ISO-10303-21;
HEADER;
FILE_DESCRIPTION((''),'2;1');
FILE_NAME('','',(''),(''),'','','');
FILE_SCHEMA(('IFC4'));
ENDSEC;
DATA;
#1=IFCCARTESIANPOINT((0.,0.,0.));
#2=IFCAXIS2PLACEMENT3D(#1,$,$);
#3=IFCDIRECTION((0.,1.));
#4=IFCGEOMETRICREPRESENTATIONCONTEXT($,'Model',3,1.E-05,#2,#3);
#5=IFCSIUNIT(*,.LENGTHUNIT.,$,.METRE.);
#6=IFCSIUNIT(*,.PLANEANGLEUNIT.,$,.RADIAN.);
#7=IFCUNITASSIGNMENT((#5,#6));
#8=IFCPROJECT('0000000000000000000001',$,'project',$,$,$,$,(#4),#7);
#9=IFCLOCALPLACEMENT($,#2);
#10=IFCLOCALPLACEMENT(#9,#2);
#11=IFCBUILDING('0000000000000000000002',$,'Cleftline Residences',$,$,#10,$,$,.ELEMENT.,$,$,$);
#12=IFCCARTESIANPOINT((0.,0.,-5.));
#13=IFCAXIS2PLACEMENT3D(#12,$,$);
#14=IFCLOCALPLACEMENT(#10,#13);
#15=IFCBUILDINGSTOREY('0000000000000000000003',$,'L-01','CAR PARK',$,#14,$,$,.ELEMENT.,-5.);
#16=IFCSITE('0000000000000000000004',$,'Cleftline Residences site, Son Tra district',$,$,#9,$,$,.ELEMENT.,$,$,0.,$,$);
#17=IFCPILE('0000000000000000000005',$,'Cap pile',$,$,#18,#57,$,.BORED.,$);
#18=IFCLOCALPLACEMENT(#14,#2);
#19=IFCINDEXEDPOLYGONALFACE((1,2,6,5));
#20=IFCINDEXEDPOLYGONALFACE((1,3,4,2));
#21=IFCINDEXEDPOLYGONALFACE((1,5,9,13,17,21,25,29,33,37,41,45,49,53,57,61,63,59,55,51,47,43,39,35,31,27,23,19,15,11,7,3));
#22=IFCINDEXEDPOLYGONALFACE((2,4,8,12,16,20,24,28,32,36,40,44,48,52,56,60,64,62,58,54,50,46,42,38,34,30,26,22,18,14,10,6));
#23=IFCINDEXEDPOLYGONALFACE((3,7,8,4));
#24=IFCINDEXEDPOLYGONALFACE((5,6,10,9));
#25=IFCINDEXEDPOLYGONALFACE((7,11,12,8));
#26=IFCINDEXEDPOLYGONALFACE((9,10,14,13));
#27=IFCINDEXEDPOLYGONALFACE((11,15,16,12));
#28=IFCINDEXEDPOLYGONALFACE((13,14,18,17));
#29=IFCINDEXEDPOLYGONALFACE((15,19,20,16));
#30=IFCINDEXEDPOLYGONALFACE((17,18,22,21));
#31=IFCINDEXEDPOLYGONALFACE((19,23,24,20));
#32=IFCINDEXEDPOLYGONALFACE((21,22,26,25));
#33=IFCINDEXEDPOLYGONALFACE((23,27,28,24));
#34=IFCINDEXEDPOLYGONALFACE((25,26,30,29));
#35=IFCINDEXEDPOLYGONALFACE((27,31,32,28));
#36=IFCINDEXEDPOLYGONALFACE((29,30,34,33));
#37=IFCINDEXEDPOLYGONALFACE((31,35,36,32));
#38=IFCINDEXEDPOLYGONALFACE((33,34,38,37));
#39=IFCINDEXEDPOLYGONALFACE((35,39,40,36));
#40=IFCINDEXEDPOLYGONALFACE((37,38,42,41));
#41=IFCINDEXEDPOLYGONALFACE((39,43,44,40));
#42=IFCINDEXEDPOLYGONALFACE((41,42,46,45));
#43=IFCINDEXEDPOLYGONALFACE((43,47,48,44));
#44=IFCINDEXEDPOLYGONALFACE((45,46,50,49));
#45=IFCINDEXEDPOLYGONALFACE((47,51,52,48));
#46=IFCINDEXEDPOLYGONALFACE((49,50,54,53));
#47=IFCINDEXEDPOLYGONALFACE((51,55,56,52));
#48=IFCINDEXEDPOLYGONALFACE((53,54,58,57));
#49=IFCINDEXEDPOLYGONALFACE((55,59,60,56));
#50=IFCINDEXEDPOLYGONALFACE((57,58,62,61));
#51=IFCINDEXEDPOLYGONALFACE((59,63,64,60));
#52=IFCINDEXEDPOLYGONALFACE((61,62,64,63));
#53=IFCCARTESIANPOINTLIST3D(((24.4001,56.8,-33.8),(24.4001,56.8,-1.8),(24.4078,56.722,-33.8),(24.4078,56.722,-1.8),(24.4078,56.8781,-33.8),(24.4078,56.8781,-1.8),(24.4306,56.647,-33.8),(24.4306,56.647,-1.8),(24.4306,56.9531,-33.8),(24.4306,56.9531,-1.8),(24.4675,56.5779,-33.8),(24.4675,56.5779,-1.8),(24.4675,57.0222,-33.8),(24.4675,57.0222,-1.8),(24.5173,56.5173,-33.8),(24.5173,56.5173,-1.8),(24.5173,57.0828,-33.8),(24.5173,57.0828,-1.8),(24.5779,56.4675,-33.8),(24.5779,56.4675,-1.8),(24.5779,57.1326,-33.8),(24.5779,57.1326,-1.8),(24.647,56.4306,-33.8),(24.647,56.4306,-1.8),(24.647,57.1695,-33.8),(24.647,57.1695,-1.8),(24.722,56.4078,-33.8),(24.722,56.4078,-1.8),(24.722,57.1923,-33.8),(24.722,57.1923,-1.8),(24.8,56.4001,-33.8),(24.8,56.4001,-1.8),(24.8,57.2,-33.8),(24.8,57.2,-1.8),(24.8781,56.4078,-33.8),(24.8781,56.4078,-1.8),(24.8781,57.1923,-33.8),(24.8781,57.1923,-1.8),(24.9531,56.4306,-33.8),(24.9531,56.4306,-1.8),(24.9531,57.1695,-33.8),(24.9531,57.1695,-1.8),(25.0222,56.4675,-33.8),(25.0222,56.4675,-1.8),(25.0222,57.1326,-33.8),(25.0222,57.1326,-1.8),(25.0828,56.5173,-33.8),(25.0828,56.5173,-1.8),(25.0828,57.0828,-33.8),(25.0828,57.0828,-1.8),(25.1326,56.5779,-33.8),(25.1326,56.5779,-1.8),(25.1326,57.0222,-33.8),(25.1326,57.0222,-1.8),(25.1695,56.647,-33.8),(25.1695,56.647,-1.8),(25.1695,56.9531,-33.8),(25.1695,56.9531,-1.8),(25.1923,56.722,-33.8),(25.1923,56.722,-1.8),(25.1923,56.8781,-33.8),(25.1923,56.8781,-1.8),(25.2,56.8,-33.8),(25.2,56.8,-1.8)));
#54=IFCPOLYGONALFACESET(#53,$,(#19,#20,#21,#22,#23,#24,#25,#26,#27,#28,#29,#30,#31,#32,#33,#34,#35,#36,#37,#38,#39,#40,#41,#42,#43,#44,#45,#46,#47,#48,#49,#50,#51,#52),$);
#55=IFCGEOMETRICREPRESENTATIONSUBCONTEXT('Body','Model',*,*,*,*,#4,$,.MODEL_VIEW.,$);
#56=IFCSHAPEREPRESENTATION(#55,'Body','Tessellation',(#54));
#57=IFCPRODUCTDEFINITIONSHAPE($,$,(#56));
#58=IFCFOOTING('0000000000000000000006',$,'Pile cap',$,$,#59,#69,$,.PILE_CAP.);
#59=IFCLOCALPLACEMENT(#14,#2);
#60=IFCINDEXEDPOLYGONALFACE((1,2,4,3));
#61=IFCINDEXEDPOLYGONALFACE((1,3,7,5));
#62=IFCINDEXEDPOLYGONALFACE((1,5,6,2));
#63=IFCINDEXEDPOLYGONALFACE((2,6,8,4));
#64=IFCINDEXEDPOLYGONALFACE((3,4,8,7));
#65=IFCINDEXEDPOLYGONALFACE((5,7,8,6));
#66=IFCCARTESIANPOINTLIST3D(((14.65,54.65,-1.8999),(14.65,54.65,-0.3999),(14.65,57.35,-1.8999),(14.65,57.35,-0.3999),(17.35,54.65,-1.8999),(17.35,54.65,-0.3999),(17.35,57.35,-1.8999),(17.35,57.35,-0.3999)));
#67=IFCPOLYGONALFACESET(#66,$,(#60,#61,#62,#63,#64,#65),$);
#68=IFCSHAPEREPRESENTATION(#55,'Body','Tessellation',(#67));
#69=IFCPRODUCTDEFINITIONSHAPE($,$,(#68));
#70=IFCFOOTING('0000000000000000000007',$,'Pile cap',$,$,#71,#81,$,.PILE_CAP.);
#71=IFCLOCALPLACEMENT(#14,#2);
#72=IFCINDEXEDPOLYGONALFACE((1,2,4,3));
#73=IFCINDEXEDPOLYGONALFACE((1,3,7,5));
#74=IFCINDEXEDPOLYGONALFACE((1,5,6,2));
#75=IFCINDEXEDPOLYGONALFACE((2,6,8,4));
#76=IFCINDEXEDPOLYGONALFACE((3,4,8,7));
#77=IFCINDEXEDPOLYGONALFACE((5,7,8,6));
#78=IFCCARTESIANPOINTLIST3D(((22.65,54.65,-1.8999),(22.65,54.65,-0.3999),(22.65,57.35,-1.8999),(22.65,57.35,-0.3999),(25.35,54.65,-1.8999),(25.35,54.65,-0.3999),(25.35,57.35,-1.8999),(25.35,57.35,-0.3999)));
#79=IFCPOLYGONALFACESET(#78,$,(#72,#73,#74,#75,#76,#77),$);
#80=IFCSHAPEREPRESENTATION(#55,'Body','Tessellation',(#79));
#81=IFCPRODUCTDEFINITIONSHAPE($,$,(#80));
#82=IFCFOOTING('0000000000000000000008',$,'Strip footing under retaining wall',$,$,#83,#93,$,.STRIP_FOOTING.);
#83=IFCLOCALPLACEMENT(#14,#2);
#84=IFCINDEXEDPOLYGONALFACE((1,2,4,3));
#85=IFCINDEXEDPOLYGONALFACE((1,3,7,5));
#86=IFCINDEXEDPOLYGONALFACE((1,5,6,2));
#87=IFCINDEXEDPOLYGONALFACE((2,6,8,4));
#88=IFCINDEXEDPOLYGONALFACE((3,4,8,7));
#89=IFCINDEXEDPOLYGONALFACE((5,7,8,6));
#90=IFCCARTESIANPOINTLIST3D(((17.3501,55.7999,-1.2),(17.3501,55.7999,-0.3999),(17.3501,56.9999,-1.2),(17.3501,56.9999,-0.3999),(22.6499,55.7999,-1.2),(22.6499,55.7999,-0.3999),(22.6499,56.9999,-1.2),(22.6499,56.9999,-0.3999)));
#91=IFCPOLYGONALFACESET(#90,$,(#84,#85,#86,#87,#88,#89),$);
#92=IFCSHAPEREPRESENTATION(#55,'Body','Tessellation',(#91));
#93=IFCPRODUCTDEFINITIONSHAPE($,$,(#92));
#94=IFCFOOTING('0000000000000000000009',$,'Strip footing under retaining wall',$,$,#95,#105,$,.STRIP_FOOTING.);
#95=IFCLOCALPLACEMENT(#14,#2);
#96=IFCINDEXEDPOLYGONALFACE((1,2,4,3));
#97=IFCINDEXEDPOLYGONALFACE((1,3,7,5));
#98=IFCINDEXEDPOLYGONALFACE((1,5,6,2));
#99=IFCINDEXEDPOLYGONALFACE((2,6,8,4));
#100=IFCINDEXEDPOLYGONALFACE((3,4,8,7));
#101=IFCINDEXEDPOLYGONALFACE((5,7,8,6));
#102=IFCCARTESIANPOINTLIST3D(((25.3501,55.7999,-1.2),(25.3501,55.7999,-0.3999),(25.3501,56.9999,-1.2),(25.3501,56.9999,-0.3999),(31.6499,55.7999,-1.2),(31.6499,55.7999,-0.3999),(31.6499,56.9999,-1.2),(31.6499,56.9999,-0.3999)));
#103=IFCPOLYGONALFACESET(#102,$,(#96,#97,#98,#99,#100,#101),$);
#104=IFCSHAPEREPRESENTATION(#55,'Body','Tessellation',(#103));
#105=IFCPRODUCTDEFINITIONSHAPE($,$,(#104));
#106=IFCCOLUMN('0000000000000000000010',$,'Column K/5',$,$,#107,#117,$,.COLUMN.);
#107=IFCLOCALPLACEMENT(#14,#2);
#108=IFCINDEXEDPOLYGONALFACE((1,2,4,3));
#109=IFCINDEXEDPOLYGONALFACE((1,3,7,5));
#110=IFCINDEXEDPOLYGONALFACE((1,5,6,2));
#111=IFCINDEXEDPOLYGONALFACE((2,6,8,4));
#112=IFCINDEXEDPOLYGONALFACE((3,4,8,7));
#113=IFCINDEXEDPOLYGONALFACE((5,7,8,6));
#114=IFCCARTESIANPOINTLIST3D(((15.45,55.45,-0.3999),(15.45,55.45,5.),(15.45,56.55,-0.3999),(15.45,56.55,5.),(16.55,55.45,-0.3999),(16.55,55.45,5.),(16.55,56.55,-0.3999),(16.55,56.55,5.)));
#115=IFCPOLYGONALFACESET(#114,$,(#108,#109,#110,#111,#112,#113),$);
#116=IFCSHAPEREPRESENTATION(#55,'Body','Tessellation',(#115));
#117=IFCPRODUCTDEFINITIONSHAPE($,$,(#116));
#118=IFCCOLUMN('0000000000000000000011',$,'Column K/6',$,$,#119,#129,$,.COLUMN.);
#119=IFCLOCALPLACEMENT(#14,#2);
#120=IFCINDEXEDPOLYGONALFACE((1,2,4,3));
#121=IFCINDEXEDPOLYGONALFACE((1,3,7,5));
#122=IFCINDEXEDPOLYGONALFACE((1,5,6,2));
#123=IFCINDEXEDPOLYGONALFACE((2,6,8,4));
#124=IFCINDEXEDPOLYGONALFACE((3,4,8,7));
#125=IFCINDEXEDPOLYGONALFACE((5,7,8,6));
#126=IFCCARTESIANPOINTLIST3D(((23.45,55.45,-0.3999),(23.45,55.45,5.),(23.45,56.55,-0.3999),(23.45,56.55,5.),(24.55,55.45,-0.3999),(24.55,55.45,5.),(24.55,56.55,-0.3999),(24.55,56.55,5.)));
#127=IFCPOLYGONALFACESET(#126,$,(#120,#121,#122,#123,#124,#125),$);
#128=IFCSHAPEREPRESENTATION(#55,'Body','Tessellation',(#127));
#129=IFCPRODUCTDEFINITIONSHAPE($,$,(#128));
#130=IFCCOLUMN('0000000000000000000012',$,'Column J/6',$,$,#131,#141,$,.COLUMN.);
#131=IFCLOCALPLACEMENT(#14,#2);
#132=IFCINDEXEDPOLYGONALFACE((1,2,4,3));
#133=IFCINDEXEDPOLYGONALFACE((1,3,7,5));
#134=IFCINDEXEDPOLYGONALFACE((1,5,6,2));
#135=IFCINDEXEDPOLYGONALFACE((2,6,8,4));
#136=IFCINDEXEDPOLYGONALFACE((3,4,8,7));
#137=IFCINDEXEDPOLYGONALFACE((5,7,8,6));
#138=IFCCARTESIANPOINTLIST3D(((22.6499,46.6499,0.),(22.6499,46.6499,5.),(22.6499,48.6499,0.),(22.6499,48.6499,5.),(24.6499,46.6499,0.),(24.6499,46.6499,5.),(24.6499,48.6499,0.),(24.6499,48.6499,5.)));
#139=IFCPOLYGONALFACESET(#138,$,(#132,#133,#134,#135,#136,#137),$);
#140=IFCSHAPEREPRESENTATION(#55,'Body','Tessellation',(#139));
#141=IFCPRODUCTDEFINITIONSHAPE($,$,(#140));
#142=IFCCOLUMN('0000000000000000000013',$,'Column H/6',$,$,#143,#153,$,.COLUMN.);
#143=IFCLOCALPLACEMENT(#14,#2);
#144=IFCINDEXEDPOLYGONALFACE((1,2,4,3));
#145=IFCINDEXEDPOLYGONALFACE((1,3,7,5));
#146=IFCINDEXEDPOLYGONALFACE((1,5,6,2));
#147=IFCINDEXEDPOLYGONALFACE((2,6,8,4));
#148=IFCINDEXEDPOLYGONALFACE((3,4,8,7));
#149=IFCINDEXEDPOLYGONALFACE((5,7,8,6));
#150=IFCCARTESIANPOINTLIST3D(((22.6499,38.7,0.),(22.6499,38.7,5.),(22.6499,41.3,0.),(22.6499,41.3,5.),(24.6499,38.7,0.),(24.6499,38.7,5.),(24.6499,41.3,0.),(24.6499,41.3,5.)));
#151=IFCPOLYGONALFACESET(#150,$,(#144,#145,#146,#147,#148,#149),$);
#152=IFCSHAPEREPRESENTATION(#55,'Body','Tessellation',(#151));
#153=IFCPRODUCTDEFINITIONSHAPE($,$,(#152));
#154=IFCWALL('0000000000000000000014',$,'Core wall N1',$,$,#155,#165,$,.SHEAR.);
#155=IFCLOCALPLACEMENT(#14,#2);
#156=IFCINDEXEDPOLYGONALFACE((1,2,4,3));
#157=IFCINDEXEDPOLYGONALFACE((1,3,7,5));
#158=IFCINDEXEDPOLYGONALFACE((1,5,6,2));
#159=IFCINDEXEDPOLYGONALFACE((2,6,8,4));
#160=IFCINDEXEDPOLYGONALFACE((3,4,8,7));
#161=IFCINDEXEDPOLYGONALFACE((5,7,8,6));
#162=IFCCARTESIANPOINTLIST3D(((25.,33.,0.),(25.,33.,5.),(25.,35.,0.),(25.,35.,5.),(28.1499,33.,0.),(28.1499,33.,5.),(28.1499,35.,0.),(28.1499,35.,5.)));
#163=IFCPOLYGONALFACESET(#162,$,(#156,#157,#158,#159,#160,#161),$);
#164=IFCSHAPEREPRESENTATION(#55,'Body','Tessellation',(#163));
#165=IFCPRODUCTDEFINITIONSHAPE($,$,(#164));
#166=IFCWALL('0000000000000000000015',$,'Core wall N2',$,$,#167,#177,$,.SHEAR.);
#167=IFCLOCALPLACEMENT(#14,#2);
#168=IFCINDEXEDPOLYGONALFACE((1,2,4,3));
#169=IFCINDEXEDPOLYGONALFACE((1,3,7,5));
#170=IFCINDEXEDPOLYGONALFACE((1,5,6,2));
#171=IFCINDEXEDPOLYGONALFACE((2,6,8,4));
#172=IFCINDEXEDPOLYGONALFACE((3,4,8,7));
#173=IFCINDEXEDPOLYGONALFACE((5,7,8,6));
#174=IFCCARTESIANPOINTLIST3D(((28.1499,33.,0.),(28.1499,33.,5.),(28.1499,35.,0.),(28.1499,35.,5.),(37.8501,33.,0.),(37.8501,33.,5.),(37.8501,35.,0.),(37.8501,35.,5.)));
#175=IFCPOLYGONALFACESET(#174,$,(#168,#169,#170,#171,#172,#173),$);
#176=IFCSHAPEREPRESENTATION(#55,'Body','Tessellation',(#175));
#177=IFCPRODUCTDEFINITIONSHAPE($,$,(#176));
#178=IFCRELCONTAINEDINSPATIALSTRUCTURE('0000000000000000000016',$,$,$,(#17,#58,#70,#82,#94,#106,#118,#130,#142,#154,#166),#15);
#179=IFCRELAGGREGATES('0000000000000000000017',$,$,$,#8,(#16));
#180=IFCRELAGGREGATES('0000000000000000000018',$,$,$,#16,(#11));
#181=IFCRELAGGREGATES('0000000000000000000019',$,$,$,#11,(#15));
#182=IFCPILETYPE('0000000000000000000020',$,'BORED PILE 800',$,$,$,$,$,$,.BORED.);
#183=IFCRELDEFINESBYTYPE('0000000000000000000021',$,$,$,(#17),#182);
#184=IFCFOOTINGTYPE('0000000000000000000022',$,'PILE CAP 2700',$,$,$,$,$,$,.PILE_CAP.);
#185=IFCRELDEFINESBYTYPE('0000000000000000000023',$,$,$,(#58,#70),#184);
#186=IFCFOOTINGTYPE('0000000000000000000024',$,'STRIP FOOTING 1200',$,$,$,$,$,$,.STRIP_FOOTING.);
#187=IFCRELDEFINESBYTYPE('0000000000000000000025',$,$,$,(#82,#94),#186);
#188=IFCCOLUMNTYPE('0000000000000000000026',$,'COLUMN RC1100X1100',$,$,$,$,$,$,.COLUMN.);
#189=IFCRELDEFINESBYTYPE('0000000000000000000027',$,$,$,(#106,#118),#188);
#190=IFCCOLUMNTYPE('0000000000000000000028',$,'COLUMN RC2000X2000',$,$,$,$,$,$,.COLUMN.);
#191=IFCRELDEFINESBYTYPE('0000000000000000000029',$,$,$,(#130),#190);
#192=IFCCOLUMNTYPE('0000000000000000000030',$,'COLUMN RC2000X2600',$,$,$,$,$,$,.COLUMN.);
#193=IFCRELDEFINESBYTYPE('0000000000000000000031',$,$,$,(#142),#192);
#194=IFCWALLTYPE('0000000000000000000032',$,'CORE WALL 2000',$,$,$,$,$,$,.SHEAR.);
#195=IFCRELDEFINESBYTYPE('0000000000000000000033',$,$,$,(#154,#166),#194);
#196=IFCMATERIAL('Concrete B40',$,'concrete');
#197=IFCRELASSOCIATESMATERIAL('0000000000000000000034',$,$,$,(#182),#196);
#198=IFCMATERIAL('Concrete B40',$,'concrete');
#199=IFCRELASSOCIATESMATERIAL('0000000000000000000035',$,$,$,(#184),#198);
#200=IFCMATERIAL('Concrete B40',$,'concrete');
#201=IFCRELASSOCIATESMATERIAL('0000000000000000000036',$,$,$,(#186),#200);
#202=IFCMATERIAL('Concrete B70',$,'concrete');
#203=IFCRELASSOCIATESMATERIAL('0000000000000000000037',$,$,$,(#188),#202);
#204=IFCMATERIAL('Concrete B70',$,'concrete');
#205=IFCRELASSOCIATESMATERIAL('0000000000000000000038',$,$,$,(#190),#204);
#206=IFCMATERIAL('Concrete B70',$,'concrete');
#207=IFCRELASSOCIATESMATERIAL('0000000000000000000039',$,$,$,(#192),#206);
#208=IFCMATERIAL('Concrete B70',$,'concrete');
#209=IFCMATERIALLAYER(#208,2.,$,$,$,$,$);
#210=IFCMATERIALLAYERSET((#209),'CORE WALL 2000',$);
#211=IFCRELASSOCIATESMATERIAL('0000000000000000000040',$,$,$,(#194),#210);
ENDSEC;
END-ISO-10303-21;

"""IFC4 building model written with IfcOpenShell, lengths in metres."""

from ifc_helpers import new_model, si_unit, direction, frame, frame_2d, origin, origin_2d, place, context, subcontext, project, spatial, rectangle, circle, extrude, material, layer, layer_set, material_profile, profile_set, type_object, element, save


model = new_model("IFC4")

# Units and contexts
model_context = context("Model", 3, precision=1e-05, world=origin(), true_north=direction((0.0, 1.0)))
body_context = subcontext(model_context, "Body", "Model", "MODEL_VIEW")
ifc_project = project(units=[si_unit("LENGTHUNIT", "METRE"), si_unit("PLANEANGLEUNIT", "RADIAN")], contexts=[model_context])

# Site, building, storey
site_placement = place(None, origin())
site = spatial("IfcSite", under=ifc_project, at=site_placement, Name="Cleftline Residences site, Son Tra district", CompositionType="ELEMENT", RefElevation=0.0)
building_placement = place(site_placement, origin())
building = spatial("IfcBuilding", under=site, at=building_placement, Name="Cleftline Residences", CompositionType="ELEMENT")
storey_placement = place(building_placement, frame((0.0, 0.0, -5.0)))
storey = spatial("IfcBuildingStorey", under=building, at=storey_placement, Name="L-01", Description="CAR PARK", CompositionType="ELEMENT", Elevation=-5.0)

# Pile
ifc_material_1 = material(Name="Concrete B40", Category="concrete")
ifc_material_profile_1 = material_profile(ifc_material_1, circle(Radius=0.3999, at=origin_2d()))
ifc_profile_set_1 = profile_set([ifc_material_profile_1], Name="Concrete B40")
pile_type_1 = type_object("IfcPileType", Name="BORED PILE 800", PredefinedType="BORED", material=ifc_profile_set_1)
for number, where, z_axis, x_axis, name in (
    (1, (24.8, 56.8, -1.8), (0.0, 0.0, -1.0), (1.0, 0.0, 0.0), "Cap pile"),
):
    element("IfcPile", number, at=place(storey_placement, frame(where, z_axis=z_axis, x_axis=x_axis)), inside=storey, type_object=pile_type_1, Name=name, PredefinedType="BORED", context=body_context, shape_type="SweptSolid", body=[
        extrude(circle(Radius=0.3999, at=origin_2d()), origin(), (0.0, 0.0, 1.0), 32.0),
    ])

# Footings
ifc_material_2 = material(Name="Concrete B40", Category="concrete")
footing_type_1 = type_object("IfcFootingType", Name="PILE CAP 2700", PredefinedType="PILE_CAP", material=ifc_material_2)
for number, where, z_axis, x_axis, name in (
    (2, (16.0, 56.0, -1.8999), (0.0, 0.0, 1.0), (1.0, 0.0, 0.0), "Pile cap"),
    (3, (24.0, 56.0, -1.8999), (0.0, 0.0, 1.0), (1.0, 0.0, 0.0), "Pile cap"),
):
    element("IfcFooting", number, at=place(storey_placement, frame(where, z_axis=z_axis, x_axis=x_axis)), inside=storey, type_object=footing_type_1, Name=name, PredefinedType="PILE_CAP", context=body_context, shape_type="SweptSolid", body=[
        extrude(rectangle(XDim=2.7, YDim=2.7, at=origin_2d()), origin(), (0.0, 0.0, 1.0), 1.5),
    ])
ifc_material_3 = material(Name="Concrete B40", Category="concrete")
footing_type_2 = type_object("IfcFootingType", Name="STRIP FOOTING 1200", PredefinedType="STRIP_FOOTING", material=ifc_material_3)
footing_1_placement = place(storey_placement, frame((17.3501, 56.3999, -1.2), z_axis=(0.0, 0.0, 1.0), x_axis=(1.0, 0.0, 0.0)))
element("IfcFooting", 4, at=footing_1_placement, inside=storey, type_object=footing_type_2, Name="Strip footing under retaining wall", PredefinedType="STRIP_FOOTING", context=body_context, shape_type="SweptSolid", body=[
    extrude(rectangle(XDim=5.2998, YDim=1.2, at=frame_2d((2.6499, 0.0))), origin(), (0.0, 0.0, 1.0), 0.8),
])
footing_2_placement = place(storey_placement, frame((25.3501, 56.3999, -1.2), z_axis=(0.0, 0.0, 1.0), x_axis=(1.0, 0.0, 0.0)))
element("IfcFooting", 5, at=footing_2_placement, inside=storey, type_object=footing_type_2, Name="Strip footing under retaining wall", PredefinedType="STRIP_FOOTING", context=body_context, shape_type="SweptSolid", body=[
    extrude(rectangle(XDim=6.2998, YDim=1.2, at=frame_2d((3.1499, 0.0))), origin(), (0.0, 0.0, 1.0), 0.8),
])

# Columns
ifc_material_4 = material(Name="Concrete B70", Category="concrete")
ifc_material_profile_2 = material_profile(ifc_material_4, rectangle(XDim=1.1001, YDim=1.1001, at=origin_2d()))
ifc_profile_set_2 = profile_set([ifc_material_profile_2], Name="Concrete B70")
column_type_1 = type_object("IfcColumnType", Name="COLUMN RC1100X1100", PredefinedType="COLUMN", material=ifc_profile_set_2)
for number, where, z_axis, x_axis, name in (
    (6, (16.0, 56.0, -0.3999), (0.0, 0.0, 1.0), (1.0, 0.0, 0.0), "Column K/5"),
    (7, (24.0, 56.0, -0.3999), (0.0, 0.0, 1.0), (1.0, 0.0, 0.0), "Column K/6"),
):
    element("IfcColumn", number, at=place(storey_placement, frame(where, z_axis=z_axis, x_axis=x_axis)), inside=storey, type_object=column_type_1, Name=name, PredefinedType="COLUMN", context=body_context, shape_type="SweptSolid", body=[
        extrude(rectangle(XDim=1.1001, YDim=1.1001, at=origin_2d()), origin(), (0.0, 0.0, 1.0), 5.3999),
    ])
ifc_material_5 = material(Name="Concrete B70", Category="concrete")
ifc_material_profile_3 = material_profile(ifc_material_5, rectangle(XDim=2.0, YDim=2.0, at=origin_2d()))
ifc_profile_set_3 = profile_set([ifc_material_profile_3], Name="Concrete B70")
column_type_2 = type_object("IfcColumnType", Name="COLUMN RC2000X2000", PredefinedType="COLUMN", material=ifc_profile_set_3)
column_1_placement = place(storey_placement, frame((23.6499, 47.6499, 0.0), z_axis=(0.0, 0.0, 1.0), x_axis=(1.0, 0.0, 0.0)))
element("IfcColumn", 8, at=column_1_placement, inside=storey, type_object=column_type_2, Name="Column J/6", PredefinedType="COLUMN", context=body_context, shape_type="SweptSolid", body=[
    extrude(rectangle(XDim=2.0, YDim=2.0, at=origin_2d()), origin(), (0.0, 0.0, 1.0), 5.0),
])
ifc_material_6 = material(Name="Concrete B70", Category="concrete")
ifc_material_profile_4 = material_profile(ifc_material_6, rectangle(XDim=2.0, YDim=2.6001, at=origin_2d()))
ifc_profile_set_4 = profile_set([ifc_material_profile_4], Name="Concrete B70")
column_type_3 = type_object("IfcColumnType", Name="COLUMN RC2000X2600", PredefinedType="COLUMN", material=ifc_profile_set_4)
column_2_placement = place(storey_placement, frame((23.6499, 40.0, 0.0), z_axis=(0.0, 0.0, 1.0), x_axis=(1.0, 0.0, 0.0)))
element("IfcColumn", 9, at=column_2_placement, inside=storey, type_object=column_type_3, Name="Column H/6", PredefinedType="COLUMN", context=body_context, shape_type="SweptSolid", body=[
    extrude(rectangle(XDim=2.0, YDim=2.6001, at=origin_2d()), origin(), (0.0, 0.0, 1.0), 5.0),
])

# Walls
ifc_material_7 = material(Name="Concrete B70", Category="concrete")
ifc_layer = layer(ifc_material_7, 2.0)
ifc_layer_set = layer_set([ifc_layer], Name="CORE WALL 2000")
wall_type = type_object("IfcWallType", Name="CORE WALL 2000", PredefinedType="SHEAR", material=ifc_layer_set)
wall_1_placement = place(storey_placement, frame((25.0, 34.0, 0.0), z_axis=(0.0, 0.0, 1.0), x_axis=(1.0, 0.0, 0.0)))
element("IfcWall", 10, at=wall_1_placement, inside=storey, type_object=wall_type, Name="Core wall N1", PredefinedType="SHEAR", context=body_context, shape_type="SweptSolid", body=[
    extrude(rectangle(XDim=3.1499, YDim=2.0, at=frame_2d((1.575, 0.0))), origin(), (0.0, 0.0, 1.0), 5.0),
])
wall_2_placement = place(storey_placement, frame((28.1499, 34.0, 0.0), z_axis=(0.0, 0.0, 1.0), x_axis=(1.0, 0.0, 0.0)))
element("IfcWall", 11, at=wall_2_placement, inside=storey, type_object=wall_type, Name="Core wall N2", PredefinedType="SHEAR", context=body_context, shape_type="SweptSolid", body=[
    extrude(rectangle(XDim=9.7002, YDim=2.0, at=frame_2d((4.8501, 0.0))), origin(), (0.0, 0.0, 1.0), 5.0),
])

save(model, "model.ifc")
